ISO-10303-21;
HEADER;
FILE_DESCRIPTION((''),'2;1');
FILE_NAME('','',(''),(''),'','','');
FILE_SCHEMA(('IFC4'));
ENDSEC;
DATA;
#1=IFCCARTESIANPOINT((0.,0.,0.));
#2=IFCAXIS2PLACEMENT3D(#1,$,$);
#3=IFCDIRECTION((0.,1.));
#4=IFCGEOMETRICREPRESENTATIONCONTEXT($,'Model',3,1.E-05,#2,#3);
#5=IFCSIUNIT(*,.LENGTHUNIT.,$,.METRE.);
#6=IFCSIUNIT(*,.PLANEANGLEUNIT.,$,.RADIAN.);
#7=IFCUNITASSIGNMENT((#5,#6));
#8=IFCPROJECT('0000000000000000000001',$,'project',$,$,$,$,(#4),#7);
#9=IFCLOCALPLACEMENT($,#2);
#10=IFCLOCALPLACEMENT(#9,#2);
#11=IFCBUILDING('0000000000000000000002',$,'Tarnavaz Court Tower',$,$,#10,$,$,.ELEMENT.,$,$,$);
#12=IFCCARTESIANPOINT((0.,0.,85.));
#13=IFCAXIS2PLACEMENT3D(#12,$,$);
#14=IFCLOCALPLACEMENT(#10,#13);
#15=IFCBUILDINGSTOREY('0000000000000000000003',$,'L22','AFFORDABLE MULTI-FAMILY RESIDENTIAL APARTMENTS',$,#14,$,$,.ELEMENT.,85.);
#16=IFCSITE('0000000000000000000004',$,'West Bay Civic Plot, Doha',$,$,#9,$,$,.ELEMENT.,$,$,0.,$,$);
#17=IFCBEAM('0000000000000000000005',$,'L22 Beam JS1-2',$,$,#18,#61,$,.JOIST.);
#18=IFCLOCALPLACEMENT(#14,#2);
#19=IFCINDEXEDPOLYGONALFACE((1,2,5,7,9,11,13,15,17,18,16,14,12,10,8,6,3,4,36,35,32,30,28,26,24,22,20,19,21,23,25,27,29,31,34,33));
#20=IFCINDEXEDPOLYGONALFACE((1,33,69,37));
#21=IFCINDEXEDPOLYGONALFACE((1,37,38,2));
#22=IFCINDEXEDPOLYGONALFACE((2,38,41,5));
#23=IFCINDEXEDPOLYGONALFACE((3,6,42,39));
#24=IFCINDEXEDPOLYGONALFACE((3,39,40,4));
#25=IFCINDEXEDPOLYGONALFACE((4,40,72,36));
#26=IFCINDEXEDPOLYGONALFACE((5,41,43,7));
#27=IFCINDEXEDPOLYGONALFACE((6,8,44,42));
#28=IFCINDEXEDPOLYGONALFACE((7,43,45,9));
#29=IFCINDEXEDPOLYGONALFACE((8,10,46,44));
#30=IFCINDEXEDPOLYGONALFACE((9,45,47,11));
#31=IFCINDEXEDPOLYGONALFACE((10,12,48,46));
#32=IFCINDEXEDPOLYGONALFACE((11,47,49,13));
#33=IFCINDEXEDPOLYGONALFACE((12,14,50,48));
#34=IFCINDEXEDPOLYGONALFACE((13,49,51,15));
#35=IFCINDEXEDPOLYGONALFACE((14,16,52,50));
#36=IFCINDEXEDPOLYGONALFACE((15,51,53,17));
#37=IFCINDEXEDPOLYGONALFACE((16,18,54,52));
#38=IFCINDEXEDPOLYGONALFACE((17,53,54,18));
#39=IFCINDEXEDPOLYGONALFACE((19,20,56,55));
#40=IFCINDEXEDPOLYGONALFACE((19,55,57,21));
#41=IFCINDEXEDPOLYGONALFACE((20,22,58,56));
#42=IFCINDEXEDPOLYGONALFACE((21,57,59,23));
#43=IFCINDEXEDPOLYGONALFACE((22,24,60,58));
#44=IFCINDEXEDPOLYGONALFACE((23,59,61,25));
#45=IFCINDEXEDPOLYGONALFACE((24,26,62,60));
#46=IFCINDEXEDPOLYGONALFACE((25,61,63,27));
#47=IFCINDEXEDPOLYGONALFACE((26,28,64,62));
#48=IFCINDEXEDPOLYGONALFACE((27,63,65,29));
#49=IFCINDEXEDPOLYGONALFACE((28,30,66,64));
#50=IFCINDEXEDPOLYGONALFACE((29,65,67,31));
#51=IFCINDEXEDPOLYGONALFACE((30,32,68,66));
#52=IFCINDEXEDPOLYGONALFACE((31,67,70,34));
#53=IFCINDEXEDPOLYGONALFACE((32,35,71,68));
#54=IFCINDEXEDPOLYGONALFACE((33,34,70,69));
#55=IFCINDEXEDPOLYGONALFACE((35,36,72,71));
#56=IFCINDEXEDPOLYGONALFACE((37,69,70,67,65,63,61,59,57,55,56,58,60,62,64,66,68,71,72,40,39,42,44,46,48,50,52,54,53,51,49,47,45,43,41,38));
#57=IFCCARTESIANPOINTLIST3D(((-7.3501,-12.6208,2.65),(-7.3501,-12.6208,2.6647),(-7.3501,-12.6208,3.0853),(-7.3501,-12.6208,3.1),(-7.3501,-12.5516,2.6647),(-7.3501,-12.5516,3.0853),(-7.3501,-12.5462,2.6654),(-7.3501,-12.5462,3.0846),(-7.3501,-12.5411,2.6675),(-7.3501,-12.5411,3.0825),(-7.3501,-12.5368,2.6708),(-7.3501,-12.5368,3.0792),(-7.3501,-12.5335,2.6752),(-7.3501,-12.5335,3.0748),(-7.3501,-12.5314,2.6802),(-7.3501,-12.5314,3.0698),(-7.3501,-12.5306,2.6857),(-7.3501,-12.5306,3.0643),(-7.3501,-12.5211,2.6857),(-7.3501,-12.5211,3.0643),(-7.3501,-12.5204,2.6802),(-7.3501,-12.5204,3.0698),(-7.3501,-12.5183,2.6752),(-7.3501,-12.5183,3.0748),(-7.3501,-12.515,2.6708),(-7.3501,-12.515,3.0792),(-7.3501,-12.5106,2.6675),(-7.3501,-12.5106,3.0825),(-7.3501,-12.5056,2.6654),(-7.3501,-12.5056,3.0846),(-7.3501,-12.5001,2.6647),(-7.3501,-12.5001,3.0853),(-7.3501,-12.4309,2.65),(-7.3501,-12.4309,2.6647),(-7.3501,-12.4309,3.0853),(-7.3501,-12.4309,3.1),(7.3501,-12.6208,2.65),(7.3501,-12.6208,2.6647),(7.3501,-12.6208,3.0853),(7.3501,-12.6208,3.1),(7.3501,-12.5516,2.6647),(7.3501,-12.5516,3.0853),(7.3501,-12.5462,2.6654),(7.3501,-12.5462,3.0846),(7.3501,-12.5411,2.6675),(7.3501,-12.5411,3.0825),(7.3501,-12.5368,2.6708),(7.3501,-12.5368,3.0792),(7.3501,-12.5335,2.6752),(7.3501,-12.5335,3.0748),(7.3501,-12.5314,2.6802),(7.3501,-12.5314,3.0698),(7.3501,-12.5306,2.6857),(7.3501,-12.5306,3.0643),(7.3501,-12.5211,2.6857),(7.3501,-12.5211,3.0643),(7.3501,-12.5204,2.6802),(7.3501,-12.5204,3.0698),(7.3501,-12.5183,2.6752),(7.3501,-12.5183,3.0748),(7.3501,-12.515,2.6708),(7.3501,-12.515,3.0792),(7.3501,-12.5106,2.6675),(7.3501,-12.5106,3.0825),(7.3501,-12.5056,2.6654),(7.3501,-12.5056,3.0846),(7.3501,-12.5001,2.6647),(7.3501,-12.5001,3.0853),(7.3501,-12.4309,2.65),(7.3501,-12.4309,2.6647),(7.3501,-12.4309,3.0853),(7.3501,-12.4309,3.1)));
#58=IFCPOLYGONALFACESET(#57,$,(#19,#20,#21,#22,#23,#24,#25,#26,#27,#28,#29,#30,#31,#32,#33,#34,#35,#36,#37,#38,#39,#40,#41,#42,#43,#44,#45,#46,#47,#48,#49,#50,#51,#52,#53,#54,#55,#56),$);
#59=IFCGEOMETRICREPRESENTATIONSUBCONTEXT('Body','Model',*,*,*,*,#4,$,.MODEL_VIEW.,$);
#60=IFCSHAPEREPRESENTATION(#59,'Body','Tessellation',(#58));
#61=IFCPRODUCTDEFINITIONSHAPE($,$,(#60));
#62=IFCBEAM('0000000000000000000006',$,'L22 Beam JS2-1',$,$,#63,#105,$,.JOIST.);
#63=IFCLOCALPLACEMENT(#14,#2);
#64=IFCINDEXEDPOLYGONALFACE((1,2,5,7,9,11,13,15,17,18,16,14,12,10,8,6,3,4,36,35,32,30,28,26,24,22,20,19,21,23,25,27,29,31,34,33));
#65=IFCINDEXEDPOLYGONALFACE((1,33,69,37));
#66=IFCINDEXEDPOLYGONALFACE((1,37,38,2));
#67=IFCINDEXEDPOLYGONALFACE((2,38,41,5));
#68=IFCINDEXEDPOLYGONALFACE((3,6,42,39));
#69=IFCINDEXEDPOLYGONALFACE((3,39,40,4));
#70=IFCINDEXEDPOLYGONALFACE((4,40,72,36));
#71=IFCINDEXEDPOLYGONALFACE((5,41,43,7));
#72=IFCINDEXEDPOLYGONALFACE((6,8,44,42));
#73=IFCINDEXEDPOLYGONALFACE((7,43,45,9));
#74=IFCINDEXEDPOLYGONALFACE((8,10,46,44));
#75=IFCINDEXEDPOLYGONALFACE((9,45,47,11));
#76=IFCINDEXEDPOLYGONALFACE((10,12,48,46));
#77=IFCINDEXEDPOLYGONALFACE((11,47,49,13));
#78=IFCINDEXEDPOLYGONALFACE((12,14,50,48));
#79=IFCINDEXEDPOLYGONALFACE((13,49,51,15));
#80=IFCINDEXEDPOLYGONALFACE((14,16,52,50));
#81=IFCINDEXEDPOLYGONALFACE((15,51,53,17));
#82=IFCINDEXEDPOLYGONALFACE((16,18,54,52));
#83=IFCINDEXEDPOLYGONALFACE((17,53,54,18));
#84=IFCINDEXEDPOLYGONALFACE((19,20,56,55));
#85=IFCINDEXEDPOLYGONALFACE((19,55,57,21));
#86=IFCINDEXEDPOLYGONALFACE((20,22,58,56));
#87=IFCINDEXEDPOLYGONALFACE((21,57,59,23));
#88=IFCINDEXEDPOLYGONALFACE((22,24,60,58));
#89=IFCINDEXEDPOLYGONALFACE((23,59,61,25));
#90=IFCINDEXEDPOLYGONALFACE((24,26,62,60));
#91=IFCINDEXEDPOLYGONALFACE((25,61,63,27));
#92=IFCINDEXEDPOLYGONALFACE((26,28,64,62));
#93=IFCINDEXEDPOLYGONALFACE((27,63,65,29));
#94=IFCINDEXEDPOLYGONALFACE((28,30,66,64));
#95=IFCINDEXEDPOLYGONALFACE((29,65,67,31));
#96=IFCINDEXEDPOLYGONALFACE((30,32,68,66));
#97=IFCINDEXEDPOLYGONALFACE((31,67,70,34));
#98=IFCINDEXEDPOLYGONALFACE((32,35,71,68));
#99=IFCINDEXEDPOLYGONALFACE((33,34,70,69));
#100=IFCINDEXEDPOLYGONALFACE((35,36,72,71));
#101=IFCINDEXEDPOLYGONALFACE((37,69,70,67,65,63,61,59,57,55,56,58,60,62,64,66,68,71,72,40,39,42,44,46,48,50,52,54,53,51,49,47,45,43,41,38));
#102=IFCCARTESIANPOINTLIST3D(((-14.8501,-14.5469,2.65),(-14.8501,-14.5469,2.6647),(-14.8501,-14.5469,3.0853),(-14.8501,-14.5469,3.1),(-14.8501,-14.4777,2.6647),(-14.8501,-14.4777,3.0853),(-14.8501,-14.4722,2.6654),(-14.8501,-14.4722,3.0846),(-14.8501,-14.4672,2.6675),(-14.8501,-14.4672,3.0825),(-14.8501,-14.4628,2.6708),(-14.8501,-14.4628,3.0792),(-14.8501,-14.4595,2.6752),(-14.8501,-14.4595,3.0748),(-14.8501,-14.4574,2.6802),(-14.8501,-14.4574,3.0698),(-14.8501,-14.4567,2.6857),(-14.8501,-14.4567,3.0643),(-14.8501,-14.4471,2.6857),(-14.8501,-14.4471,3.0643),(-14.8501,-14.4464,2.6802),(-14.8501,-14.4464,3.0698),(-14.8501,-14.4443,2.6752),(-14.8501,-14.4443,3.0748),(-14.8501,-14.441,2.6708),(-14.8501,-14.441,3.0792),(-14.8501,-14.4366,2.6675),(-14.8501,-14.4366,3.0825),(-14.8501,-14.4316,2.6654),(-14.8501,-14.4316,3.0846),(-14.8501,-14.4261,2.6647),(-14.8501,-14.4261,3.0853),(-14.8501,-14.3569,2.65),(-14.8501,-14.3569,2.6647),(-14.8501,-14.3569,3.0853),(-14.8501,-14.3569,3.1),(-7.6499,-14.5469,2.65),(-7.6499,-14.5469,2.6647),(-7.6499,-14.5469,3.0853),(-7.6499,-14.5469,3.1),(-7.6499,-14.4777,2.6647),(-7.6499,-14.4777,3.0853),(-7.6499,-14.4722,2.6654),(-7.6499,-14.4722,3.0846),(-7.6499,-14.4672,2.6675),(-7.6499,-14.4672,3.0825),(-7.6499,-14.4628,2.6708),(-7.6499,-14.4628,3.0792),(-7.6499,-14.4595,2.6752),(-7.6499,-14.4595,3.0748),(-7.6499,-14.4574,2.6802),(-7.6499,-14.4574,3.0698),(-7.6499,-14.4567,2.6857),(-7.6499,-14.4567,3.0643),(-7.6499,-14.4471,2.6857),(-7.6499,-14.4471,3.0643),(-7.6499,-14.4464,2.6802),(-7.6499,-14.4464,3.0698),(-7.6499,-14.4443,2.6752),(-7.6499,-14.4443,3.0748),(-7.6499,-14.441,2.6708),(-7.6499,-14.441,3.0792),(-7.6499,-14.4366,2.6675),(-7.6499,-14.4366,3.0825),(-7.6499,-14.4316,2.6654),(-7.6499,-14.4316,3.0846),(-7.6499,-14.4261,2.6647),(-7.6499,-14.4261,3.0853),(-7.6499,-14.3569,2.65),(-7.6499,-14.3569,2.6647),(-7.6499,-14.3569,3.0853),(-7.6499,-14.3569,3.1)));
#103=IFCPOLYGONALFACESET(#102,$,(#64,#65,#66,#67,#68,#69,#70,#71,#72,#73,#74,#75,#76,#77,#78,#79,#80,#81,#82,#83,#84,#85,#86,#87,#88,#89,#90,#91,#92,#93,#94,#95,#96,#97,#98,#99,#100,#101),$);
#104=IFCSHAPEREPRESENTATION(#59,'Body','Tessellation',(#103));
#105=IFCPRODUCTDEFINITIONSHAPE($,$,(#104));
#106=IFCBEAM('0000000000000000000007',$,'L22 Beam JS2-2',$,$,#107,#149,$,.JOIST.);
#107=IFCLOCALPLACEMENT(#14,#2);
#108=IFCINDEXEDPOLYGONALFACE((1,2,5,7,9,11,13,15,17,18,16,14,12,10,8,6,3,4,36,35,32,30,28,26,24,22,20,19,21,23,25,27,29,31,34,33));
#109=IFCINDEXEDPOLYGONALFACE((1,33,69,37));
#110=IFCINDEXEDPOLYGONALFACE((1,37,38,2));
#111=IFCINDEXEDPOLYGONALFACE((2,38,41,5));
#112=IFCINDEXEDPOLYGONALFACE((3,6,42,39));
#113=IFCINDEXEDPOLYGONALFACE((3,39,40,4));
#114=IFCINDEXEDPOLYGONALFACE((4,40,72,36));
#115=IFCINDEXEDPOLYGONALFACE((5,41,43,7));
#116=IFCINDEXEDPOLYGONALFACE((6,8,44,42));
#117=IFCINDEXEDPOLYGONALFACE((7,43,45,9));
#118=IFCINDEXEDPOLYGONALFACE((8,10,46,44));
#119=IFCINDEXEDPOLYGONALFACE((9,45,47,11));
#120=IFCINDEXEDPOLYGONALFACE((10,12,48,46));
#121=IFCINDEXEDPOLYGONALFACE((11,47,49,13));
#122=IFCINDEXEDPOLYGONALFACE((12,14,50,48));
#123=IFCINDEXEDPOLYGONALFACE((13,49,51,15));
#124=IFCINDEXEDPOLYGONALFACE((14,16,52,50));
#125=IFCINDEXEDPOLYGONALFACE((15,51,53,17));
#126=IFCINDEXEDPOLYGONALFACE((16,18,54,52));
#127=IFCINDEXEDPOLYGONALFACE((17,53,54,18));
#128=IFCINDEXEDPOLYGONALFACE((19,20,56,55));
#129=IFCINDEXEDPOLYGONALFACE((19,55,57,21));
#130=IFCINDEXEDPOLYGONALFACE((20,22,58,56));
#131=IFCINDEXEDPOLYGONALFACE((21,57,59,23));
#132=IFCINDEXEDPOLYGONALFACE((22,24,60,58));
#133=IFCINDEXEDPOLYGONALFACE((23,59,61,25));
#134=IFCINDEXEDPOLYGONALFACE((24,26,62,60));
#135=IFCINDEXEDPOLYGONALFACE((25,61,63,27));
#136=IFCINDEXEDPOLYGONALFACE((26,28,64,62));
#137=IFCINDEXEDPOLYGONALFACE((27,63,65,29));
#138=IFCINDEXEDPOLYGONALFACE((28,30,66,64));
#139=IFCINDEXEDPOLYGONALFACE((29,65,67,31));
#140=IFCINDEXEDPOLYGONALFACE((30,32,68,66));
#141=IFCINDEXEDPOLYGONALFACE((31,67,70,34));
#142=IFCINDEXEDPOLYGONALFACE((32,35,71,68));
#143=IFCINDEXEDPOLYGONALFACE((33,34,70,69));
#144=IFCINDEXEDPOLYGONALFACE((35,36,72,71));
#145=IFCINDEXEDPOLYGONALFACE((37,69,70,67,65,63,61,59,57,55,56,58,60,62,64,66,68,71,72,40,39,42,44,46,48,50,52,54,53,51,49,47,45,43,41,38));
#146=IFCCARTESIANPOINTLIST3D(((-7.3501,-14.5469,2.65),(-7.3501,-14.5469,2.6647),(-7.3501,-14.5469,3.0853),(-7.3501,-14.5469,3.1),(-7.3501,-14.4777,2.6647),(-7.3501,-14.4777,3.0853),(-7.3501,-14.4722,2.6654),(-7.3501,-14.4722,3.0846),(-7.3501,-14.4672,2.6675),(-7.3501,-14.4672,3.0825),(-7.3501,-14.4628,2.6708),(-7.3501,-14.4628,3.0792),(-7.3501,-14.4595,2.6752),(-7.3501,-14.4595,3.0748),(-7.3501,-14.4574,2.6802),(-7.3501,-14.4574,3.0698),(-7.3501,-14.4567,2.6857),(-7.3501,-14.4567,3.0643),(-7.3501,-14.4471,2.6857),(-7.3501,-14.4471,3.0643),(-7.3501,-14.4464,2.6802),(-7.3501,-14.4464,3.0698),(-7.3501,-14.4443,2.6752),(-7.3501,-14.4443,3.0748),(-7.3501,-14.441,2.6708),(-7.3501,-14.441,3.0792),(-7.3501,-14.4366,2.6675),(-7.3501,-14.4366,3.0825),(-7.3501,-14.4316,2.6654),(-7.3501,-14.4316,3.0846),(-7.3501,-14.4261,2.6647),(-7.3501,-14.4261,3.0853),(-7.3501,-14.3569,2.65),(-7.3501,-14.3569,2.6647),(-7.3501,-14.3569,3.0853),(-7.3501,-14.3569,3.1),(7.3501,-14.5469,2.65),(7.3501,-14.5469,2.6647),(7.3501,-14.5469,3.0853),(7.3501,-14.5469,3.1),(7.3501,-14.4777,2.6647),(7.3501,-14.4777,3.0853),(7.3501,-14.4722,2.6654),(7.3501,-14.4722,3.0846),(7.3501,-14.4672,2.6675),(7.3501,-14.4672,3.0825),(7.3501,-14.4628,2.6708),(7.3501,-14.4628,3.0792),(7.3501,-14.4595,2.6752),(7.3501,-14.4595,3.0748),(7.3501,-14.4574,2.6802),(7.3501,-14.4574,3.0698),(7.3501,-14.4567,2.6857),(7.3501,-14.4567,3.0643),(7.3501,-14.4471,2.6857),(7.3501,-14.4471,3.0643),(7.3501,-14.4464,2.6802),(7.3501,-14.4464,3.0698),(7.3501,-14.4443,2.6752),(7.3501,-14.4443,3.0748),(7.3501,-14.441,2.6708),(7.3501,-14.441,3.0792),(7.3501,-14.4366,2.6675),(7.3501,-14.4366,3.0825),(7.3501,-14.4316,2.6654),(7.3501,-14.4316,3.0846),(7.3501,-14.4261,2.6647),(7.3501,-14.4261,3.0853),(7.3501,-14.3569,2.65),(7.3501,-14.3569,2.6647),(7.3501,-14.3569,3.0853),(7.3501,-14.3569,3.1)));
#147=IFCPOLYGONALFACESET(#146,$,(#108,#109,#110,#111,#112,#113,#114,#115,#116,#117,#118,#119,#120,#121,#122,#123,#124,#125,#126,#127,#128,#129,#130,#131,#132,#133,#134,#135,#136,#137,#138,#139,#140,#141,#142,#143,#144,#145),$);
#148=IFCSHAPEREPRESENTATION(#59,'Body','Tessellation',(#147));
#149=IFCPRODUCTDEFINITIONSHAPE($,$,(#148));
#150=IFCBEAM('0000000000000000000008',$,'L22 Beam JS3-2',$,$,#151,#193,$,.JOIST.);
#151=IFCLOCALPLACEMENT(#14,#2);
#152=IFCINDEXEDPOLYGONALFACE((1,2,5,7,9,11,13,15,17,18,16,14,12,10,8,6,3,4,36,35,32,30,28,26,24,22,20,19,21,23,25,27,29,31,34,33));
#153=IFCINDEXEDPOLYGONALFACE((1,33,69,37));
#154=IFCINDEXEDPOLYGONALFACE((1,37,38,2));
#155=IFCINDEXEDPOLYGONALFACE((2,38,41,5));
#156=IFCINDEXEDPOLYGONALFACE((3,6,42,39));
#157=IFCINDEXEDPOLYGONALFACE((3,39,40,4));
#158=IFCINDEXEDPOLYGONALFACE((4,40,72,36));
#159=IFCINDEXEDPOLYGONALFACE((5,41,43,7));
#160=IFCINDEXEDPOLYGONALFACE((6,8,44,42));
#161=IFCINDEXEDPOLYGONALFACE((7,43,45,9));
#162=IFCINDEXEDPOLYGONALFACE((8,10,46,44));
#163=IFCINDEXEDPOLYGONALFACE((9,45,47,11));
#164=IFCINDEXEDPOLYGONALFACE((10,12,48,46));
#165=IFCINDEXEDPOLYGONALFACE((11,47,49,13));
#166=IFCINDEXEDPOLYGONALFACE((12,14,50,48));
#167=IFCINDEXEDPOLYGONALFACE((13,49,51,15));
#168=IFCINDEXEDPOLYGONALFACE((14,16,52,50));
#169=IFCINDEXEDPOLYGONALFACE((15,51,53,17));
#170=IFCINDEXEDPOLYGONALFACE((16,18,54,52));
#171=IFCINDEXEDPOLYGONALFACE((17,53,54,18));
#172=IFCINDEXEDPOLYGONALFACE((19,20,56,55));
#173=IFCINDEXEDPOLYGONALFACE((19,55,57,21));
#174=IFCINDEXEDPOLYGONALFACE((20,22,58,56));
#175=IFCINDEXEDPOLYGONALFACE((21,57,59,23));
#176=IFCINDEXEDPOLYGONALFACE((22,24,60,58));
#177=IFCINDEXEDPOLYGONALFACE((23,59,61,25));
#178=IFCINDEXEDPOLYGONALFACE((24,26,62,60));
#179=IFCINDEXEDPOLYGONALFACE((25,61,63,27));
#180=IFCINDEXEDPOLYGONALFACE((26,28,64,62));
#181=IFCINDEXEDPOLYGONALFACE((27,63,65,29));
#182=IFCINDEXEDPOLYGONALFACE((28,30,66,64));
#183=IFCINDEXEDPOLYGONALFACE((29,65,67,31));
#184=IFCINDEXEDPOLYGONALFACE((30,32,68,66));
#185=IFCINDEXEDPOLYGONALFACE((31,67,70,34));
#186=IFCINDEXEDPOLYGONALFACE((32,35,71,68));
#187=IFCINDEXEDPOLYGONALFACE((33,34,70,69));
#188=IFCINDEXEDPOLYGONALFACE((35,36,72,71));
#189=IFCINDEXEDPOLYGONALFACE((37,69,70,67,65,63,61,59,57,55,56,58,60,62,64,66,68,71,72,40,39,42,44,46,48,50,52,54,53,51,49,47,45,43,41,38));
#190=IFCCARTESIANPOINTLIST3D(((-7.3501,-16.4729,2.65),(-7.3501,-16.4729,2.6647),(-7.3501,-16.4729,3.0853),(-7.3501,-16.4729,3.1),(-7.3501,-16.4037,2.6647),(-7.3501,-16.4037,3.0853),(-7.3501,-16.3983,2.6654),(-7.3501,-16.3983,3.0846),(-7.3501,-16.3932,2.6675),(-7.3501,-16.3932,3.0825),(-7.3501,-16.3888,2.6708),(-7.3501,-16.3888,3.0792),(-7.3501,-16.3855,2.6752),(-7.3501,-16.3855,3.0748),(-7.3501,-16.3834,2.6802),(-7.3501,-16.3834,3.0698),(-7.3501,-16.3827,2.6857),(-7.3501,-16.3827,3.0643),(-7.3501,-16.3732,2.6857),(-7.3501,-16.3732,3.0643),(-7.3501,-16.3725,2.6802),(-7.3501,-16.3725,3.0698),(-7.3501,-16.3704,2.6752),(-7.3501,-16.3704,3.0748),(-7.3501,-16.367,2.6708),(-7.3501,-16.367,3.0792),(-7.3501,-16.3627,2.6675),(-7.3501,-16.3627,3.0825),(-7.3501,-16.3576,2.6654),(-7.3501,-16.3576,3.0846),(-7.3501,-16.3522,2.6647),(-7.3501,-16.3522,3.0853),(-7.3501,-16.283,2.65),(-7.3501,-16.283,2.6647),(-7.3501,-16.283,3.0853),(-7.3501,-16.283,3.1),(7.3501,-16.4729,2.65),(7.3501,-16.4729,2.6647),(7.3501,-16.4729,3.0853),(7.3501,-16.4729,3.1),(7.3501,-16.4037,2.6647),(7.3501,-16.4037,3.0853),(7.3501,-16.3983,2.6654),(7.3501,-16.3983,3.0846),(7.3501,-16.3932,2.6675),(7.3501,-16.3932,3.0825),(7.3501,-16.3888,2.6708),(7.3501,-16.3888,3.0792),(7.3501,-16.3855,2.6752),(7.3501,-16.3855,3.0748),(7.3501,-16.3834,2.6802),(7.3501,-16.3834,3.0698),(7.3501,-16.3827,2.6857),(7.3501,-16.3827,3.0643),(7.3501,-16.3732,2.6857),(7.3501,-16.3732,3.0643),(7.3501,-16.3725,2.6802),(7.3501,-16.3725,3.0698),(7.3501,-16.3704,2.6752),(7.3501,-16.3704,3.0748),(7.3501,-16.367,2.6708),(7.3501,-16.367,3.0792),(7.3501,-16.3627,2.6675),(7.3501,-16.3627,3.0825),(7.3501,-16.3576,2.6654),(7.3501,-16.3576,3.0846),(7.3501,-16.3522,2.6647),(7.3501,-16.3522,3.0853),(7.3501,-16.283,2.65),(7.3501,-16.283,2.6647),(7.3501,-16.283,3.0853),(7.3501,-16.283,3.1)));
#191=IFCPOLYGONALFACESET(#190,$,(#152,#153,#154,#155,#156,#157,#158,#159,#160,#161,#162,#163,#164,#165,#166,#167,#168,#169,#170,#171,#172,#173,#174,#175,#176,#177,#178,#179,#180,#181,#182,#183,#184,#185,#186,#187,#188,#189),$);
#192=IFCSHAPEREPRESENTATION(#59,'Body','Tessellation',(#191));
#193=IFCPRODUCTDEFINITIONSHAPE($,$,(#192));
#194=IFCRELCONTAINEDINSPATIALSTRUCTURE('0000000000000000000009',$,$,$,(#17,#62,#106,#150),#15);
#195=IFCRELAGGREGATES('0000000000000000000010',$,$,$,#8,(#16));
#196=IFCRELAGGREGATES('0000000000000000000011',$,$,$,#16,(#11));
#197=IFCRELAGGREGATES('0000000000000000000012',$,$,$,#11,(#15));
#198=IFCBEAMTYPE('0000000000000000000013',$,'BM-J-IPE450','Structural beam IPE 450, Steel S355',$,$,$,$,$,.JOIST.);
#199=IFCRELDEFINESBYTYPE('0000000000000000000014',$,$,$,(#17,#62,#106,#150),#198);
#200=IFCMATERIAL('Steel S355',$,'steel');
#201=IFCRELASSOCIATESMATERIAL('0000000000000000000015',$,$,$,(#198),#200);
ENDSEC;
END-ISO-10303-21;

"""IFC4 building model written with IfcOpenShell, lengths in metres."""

from ifc_helpers import new_model, si_unit, direction, frame, origin, origin_2d, place, context, subcontext, project, spatial, i_section, extrude, material, material_profile, profile_set, type_object, element, save


model = new_model("IFC4")

# Units and contexts
model_context = context("Model", 3, precision=1e-05, world=origin(), true_north=direction((0.0, 1.0)))
body_context = subcontext(model_context, "Body", "Model", "MODEL_VIEW")
ifc_project = project(units=[si_unit("LENGTHUNIT", "METRE"), si_unit("PLANEANGLEUNIT", "RADIAN")], contexts=[model_context])

# Site, building, storey
site_placement = place(None, origin())
site = spatial("IfcSite", under=ifc_project, at=site_placement, Name="West Bay Civic Plot, Doha", CompositionType="ELEMENT", RefElevation=0.0)
building_placement = place(site_placement, origin())
building = spatial("IfcBuilding", under=site, at=building_placement, Name="Tarnavaz Court Tower", CompositionType="ELEMENT")
storey_placement = place(building_placement, frame((0.0, 0.0, 85.0)))
storey = spatial("IfcBuildingStorey", under=building, at=storey_placement, Name="L22", Description="AFFORDABLE MULTI-FAMILY RESIDENTIAL APARTMENTS", CompositionType="ELEMENT", Elevation=85.0)

# Beams
ifc_material_1 = material(Name="Steel S355", Category="steel")
ifc_material_profile_1 = material_profile(ifc_material_1, i_section(OverallWidth=0.1899, OverallDepth=0.45, WebThickness=0.0095, FlangeThickness=0.0146, FilletRadius=0.021, at=origin_2d()), Name="IPE 450")
ifc_profile_set_1 = profile_set([ifc_material_profile_1], Name="Steel S355")
beam_type_1 = type_object("IfcBeamType", Name="BM-J-IPE450", Description="Structural beam IPE 450, Steel S355", PredefinedType="JOIST", material=ifc_profile_set_1)
beam_1_placement = place(storey_placement, frame((-7.3501, -12.5259, 2.875), z_axis=(1.0, 0.0, 0.0), x_axis=(0.0, 1.0, 0.0)))
element("IfcBeam", 1, at=beam_1_placement, inside=storey, type_object=beam_type_1, Name="L22 Beam JS1-2", PredefinedType="JOIST", context=body_context, shape_type="SweptSolid", body=[
    extrude(i_section(OverallWidth=0.1899, OverallDepth=0.45, WebThickness=0.0095, FlangeThickness=0.0146, FilletRadius=0.021, at=origin_2d()), origin(), (0.0, 0.0, 1.0), 14.7002),
])
beam_2_placement = place(storey_placement, frame((-14.8501, -14.4519, 2.875), z_axis=(1.0, 0.0, 0.0), x_axis=(0.0, 1.0, 0.0)))
element("IfcBeam", 2, at=beam_2_placement, inside=storey, type_object=beam_type_1, Name="L22 Beam JS2-1", PredefinedType="JOIST", context=body_context, shape_type="SweptSolid", body=[
    extrude(i_section(OverallWidth=0.1899, OverallDepth=0.45, WebThickness=0.0095, FlangeThickness=0.0146, FilletRadius=0.021, at=origin_2d()), origin(), (0.0, 0.0, 1.0), 7.2002),
])
for number, where, z_axis, x_axis, name in (
    (3, (-7.3501, -14.4519, 2.875), (1.0, 0.0, 0.0), (0.0, 1.0, 0.0), "L22 Beam JS2-2"),
    (4, (-7.3501, -16.3779, 2.875), (1.0, 0.0, 0.0), (0.0, 1.0, 0.0), "L22 Beam JS3-2"),
):
    element("IfcBeam", number, at=place(storey_placement, frame(where, z_axis=z_axis, x_axis=x_axis)), inside=storey, type_object=beam_type_1, Name=name, PredefinedType="JOIST", context=body_context, shape_type="SweptSolid", body=[
        extrude(i_section(OverallWidth=0.1899, OverallDepth=0.45, WebThickness=0.0095, FlangeThickness=0.0146, FilletRadius=0.021, at=origin_2d()), origin(), (0.0, 0.0, 1.0), 14.7002),
    ])

save(model, "model.ifc")
